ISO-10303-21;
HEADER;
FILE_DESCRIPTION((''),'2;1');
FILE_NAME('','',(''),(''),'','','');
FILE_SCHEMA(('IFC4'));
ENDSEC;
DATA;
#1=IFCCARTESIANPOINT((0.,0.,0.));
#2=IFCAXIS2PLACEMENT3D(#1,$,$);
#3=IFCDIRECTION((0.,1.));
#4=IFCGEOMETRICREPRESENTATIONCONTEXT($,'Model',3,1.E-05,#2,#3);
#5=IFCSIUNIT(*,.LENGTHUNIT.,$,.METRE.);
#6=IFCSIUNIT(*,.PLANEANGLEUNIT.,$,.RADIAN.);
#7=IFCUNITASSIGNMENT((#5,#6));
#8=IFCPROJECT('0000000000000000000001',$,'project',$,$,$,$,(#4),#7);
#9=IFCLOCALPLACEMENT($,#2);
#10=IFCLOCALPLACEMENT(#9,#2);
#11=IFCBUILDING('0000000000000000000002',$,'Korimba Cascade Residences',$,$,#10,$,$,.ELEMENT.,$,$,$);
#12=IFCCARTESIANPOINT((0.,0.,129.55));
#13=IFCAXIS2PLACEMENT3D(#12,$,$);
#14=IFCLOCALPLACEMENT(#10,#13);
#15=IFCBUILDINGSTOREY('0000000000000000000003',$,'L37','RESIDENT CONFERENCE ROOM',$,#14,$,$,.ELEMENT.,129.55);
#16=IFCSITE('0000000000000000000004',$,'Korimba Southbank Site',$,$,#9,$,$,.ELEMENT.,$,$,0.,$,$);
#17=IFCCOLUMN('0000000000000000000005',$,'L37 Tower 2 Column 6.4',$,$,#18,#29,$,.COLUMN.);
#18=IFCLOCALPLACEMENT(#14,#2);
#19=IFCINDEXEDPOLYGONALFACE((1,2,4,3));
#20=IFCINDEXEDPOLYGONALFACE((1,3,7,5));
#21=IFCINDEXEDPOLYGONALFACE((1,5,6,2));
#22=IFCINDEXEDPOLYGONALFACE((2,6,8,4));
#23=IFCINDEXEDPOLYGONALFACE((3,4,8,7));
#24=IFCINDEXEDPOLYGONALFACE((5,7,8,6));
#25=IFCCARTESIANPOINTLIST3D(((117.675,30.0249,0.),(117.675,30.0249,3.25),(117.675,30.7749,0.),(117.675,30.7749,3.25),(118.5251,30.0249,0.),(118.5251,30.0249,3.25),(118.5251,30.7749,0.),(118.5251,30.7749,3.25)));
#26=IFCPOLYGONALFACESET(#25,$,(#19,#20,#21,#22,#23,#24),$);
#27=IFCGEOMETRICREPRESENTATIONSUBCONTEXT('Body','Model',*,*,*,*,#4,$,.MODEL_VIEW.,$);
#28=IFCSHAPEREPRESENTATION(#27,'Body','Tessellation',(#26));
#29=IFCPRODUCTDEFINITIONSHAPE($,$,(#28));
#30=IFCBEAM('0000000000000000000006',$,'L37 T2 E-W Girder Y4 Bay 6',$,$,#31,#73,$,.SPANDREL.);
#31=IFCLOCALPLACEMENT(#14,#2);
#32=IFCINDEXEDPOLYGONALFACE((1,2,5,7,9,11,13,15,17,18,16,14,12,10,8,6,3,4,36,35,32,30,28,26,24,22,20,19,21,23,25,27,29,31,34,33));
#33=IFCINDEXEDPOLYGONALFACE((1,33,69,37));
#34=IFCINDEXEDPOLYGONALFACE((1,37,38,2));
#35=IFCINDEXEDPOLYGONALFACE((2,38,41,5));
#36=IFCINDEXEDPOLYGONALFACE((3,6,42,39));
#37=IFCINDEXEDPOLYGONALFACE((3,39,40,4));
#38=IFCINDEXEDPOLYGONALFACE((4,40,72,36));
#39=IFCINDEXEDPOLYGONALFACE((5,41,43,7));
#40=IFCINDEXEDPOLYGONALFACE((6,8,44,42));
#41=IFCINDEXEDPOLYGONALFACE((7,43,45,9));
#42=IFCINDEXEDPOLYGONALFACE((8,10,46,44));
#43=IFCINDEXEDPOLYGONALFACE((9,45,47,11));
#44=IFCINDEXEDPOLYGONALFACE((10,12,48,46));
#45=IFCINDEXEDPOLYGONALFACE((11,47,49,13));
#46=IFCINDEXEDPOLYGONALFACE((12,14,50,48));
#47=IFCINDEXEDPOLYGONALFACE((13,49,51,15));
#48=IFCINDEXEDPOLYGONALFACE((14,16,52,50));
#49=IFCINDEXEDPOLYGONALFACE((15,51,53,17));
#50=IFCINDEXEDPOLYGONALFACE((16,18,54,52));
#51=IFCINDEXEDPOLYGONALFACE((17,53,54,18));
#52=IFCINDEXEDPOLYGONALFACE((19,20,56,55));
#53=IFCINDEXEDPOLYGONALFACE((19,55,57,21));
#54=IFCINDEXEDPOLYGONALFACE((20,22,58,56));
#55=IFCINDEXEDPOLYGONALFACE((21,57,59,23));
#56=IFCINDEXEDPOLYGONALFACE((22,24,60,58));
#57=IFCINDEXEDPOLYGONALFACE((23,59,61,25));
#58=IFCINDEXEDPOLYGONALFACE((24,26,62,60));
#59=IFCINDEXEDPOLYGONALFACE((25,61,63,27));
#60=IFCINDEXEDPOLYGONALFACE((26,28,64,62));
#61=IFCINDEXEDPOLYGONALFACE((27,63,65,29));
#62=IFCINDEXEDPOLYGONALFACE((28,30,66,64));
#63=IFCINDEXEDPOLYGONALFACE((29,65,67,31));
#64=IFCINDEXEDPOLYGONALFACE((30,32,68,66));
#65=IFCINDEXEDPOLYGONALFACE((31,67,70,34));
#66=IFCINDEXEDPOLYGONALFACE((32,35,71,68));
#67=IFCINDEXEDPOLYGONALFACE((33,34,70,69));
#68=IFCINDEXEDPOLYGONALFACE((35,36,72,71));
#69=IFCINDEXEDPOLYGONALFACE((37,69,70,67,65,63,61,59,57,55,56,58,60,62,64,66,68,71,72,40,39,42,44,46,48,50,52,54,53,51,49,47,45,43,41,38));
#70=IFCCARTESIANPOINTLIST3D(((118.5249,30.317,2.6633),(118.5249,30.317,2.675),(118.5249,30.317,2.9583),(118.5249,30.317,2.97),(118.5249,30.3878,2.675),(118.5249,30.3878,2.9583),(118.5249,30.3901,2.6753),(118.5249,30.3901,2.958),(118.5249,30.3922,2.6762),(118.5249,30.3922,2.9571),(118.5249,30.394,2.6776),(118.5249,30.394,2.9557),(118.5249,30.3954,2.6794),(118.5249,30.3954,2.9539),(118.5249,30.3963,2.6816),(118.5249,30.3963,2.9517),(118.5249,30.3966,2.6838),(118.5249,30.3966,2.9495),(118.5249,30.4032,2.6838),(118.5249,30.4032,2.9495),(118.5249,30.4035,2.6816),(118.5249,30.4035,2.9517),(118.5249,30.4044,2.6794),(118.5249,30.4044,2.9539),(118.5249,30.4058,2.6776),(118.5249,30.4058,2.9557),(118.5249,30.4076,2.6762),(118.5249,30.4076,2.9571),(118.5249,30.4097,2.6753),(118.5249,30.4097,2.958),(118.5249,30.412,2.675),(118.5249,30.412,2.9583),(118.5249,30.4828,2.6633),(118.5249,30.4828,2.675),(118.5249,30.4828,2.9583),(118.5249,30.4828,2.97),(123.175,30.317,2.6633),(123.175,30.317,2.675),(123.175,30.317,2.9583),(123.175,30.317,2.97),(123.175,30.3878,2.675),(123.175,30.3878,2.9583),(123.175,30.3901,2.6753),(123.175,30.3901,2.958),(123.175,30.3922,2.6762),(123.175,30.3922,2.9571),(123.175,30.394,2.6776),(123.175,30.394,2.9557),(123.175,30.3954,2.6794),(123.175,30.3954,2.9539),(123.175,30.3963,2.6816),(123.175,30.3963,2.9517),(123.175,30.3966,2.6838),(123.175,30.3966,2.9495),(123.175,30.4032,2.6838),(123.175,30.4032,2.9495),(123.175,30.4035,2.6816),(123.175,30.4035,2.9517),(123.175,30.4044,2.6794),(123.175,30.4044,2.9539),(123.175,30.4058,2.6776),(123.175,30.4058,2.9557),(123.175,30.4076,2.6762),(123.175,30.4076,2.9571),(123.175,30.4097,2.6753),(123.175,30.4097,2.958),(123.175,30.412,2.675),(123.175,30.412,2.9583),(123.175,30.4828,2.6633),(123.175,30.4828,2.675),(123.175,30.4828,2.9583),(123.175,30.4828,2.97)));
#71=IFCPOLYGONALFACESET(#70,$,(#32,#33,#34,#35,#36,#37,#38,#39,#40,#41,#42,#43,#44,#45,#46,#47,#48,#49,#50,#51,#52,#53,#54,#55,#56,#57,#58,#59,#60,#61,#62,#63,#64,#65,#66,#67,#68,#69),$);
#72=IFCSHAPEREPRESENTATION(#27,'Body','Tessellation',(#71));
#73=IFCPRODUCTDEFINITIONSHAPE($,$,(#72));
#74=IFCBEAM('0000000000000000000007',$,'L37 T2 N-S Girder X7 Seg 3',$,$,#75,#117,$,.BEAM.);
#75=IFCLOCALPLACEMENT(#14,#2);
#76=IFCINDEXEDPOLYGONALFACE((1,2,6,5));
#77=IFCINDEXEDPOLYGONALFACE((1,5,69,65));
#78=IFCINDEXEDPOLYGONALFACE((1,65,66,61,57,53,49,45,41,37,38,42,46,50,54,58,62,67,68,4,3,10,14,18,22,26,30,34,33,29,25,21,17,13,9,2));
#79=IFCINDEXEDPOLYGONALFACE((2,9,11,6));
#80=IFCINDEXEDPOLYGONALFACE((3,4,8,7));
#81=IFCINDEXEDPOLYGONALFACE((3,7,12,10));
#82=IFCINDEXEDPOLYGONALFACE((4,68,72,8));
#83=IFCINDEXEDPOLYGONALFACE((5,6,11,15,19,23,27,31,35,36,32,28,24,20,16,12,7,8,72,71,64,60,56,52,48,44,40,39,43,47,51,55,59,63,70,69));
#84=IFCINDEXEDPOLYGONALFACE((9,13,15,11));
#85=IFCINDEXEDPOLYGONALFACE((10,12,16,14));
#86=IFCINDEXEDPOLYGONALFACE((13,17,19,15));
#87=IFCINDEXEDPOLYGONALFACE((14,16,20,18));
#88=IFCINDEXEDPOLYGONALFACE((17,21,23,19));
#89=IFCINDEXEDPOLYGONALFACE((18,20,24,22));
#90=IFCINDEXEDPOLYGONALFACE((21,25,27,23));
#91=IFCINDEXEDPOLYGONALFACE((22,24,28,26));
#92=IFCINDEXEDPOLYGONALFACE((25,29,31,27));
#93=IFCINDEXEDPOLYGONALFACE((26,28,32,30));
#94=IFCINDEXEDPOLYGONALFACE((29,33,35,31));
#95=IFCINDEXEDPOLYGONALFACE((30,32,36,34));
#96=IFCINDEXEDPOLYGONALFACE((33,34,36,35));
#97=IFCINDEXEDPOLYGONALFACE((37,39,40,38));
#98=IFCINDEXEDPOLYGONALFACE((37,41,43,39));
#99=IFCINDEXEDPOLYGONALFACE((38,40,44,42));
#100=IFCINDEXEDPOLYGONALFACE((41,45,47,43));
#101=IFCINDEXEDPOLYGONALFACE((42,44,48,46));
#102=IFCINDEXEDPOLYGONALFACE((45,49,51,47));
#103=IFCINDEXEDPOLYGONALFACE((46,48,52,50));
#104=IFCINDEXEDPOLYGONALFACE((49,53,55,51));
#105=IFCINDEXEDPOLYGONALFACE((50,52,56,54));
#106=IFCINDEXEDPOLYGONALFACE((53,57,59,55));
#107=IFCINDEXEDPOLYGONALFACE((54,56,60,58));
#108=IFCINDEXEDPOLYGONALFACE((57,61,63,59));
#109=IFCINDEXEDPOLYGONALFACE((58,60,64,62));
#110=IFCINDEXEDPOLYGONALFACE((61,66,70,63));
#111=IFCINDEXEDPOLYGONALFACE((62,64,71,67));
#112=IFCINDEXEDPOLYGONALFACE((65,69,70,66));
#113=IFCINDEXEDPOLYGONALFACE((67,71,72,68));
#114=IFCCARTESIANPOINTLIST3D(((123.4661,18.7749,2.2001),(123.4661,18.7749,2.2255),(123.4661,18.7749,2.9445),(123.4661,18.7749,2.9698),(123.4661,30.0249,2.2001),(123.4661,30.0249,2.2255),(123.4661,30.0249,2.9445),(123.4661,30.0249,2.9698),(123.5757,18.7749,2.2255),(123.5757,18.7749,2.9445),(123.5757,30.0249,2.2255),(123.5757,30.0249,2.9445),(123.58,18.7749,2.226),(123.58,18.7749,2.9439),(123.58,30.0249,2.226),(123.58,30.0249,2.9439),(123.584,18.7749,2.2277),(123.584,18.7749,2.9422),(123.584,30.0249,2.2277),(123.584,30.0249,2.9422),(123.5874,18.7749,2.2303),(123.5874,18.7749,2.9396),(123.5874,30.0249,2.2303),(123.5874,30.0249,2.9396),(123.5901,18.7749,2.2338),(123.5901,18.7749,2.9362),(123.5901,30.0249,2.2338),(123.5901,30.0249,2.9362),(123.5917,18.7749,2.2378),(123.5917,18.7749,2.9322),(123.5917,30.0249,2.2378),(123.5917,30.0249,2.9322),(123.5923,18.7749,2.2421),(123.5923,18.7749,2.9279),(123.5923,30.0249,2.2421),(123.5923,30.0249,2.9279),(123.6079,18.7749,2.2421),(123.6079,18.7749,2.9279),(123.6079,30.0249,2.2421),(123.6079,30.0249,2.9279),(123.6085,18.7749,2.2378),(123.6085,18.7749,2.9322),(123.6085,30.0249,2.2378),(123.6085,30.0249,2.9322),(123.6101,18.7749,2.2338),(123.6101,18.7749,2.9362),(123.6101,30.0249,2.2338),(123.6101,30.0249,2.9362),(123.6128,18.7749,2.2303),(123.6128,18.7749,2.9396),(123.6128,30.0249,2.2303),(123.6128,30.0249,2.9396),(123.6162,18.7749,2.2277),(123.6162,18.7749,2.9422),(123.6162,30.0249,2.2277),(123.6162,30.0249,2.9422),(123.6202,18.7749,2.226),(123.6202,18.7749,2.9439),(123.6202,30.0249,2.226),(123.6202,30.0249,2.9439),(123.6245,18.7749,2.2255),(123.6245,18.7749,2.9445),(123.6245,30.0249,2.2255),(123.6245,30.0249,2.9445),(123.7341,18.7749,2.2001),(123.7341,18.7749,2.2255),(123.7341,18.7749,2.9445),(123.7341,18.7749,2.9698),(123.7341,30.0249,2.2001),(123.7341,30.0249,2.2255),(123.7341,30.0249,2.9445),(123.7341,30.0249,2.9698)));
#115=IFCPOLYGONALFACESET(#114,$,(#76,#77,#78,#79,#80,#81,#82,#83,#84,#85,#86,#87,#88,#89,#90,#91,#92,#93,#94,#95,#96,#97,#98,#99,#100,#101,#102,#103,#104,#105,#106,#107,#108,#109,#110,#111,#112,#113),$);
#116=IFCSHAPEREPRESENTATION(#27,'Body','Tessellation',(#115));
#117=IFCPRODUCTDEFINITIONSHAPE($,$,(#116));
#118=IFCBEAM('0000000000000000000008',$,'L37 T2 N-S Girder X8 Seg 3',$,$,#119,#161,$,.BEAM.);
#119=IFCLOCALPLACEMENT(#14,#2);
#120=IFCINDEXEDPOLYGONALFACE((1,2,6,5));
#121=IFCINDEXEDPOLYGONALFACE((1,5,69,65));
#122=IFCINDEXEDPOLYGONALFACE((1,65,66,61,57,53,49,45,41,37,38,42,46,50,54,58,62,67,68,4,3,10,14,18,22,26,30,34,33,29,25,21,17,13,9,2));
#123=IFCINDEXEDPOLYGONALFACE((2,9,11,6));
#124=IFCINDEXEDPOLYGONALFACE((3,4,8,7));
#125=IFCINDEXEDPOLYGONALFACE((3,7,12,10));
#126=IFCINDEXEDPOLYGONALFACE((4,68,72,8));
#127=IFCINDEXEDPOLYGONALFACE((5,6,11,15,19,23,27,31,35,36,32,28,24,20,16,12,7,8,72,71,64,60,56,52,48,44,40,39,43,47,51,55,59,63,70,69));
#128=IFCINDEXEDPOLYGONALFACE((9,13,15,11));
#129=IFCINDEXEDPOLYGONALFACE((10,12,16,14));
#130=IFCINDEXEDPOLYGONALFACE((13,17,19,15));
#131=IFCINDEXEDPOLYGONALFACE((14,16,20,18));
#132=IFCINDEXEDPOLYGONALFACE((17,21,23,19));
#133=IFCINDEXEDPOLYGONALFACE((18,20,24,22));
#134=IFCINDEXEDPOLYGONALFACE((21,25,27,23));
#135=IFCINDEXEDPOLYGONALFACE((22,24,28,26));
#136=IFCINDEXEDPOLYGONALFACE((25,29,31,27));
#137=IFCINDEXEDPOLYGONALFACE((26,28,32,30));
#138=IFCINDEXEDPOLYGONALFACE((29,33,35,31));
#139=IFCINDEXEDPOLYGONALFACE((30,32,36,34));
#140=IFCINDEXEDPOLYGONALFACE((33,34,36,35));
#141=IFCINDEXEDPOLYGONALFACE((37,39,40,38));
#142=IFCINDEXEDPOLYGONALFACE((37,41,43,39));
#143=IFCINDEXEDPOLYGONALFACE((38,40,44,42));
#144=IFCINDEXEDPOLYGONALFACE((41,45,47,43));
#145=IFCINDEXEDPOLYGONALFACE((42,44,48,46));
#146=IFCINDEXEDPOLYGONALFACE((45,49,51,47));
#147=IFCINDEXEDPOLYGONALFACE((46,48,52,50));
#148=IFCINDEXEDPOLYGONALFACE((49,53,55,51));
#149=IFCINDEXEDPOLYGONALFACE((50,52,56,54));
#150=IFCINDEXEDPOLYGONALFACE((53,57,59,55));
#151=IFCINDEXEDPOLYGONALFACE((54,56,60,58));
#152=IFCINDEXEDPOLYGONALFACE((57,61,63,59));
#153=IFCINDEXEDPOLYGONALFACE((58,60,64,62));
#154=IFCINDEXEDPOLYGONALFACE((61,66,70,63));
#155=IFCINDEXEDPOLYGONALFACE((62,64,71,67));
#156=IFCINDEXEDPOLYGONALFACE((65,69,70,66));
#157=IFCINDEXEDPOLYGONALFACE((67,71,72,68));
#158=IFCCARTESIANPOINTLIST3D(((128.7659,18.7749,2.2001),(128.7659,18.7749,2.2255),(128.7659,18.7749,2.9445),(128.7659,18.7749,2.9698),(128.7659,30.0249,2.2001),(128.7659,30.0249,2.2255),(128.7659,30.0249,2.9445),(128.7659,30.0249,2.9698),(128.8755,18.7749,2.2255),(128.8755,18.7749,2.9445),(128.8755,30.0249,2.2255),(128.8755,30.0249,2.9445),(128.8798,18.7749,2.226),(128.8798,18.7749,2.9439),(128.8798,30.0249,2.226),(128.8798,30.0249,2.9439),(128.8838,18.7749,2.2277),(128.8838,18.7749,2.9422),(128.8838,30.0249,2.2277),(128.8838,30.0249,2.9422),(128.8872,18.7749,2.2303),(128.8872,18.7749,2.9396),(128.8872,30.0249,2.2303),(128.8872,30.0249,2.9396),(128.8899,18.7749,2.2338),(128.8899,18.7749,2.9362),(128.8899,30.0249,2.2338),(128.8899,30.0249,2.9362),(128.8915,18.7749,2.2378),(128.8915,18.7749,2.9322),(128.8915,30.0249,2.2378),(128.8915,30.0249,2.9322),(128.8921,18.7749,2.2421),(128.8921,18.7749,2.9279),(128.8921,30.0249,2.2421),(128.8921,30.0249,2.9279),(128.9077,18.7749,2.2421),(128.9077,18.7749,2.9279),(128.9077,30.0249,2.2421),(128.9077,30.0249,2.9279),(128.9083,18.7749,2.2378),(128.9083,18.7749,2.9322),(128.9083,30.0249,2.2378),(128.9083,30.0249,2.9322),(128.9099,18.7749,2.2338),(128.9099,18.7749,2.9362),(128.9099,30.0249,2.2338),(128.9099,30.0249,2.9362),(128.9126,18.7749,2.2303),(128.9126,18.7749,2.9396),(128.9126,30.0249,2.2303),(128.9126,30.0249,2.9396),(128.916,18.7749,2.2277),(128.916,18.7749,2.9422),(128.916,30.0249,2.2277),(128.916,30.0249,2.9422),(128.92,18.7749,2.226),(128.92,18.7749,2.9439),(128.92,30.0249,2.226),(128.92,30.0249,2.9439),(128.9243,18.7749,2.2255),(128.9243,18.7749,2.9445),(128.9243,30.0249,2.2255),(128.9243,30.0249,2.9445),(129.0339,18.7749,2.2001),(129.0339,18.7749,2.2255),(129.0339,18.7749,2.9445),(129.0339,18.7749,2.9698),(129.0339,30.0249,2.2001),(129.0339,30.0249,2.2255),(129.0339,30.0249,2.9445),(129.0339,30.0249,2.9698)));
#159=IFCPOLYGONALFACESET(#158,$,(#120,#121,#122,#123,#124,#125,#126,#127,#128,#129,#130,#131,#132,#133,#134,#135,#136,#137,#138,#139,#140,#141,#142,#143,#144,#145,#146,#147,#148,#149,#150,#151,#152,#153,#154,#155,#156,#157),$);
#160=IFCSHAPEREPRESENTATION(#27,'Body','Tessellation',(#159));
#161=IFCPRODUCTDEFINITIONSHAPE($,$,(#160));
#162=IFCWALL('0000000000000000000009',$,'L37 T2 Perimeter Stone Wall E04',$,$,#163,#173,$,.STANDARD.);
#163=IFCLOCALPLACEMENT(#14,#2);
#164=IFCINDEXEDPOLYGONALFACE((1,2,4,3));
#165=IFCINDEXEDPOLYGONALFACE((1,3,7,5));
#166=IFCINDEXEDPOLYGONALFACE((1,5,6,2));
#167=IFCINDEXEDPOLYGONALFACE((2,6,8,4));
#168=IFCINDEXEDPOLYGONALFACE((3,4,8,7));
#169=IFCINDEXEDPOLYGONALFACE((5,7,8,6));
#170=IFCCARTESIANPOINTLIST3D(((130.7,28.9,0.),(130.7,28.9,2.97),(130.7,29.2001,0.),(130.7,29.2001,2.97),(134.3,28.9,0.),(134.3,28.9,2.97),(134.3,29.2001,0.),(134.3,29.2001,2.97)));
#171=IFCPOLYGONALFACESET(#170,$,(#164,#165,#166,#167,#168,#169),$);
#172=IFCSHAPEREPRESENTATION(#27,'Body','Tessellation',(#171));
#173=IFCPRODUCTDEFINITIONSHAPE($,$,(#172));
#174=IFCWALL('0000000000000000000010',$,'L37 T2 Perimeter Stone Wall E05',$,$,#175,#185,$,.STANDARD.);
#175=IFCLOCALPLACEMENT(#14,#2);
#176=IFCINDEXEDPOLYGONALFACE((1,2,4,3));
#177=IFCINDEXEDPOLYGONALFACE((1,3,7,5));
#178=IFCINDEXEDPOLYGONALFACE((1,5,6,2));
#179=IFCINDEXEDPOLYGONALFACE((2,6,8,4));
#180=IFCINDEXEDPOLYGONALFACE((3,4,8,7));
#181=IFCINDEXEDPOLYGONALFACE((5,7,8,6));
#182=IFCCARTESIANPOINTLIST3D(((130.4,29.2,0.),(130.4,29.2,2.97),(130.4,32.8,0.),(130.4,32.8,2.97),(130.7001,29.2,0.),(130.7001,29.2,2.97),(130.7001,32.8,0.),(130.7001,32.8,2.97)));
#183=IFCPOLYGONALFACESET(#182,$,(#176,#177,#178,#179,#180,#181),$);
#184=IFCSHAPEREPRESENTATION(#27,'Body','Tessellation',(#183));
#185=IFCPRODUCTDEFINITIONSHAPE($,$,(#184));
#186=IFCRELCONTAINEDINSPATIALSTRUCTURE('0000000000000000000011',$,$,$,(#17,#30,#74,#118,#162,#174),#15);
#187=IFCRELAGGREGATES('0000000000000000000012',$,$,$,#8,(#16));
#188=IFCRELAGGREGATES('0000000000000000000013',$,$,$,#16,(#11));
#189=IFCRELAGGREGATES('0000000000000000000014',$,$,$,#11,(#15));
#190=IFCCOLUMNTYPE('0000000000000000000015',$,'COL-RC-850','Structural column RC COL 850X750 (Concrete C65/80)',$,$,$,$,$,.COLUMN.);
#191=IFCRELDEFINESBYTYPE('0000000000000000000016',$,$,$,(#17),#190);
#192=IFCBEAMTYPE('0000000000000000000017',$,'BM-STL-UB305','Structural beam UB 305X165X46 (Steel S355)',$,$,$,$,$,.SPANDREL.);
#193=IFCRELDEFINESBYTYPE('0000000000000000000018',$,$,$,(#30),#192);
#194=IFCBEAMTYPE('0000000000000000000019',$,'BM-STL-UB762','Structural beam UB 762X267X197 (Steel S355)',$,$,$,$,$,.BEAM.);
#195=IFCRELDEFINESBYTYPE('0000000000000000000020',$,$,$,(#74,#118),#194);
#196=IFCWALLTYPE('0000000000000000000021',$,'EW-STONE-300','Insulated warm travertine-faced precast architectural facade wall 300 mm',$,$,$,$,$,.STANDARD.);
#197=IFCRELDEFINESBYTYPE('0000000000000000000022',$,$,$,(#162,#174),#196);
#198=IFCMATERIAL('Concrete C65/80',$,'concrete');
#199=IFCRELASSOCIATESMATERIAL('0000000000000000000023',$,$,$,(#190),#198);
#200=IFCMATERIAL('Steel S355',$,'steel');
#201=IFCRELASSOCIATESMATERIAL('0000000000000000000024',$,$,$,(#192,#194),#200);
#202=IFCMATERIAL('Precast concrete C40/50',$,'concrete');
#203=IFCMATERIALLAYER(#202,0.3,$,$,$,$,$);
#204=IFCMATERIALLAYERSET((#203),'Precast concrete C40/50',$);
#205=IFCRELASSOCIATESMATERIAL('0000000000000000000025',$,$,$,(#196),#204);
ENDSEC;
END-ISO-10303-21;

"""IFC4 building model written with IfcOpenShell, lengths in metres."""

from ifc_helpers import new_model, si_unit, direction, frame, frame_2d, origin, origin_2d, place, context, subcontext, project, spatial, rectangle, i_section, extrude, material, layer, layer_set, material_profile, profile_set, type_object, element, save


model = new_model("IFC4")

# Units and contexts
model_context = context("Model", 3, precision=1e-05, world=origin(), true_north=direction((0.0, 1.0)))
body_context = subcontext(model_context, "Body", "Model", "MODEL_VIEW")
ifc_project = project(units=[si_unit("LENGTHUNIT", "METRE"), si_unit("PLANEANGLEUNIT", "RADIAN")], contexts=[model_context])

# Site, building, storey
site_placement = place(None, origin())
site = spatial("IfcSite", under=ifc_project, at=site_placement, Name="Korimba Southbank Site", CompositionType="ELEMENT", RefElevation=0.0)
building_placement = place(site_placement, origin())
building = spatial("IfcBuilding", under=site, at=building_placement, Name="Korimba Cascade Residences", CompositionType="ELEMENT")
storey_placement = place(building_placement, frame((0.0, 0.0, 129.55)))
storey = spatial("IfcBuildingStorey", under=building, at=storey_placement, Name="L37", Description="RESIDENT CONFERENCE ROOM", CompositionType="ELEMENT", Elevation=129.55)

# Column
ifc_material_1 = material(Name="Concrete C65/80", Category="concrete")
ifc_material_profile_1 = material_profile(ifc_material_1, rectangle(XDim=0.8501, YDim=0.75, at=origin_2d()), Name="Concrete C65/80")
ifc_profile_set_1 = profile_set([ifc_material_profile_1], Name="Concrete C65/80")
column_type = type_object("IfcColumnType", Name="COL-RC-850", Description="Structural column RC COL 850X750 (Concrete C65/80)", PredefinedType="COLUMN", material=ifc_profile_set_1)
column_placement = place(storey_placement, frame((118.1001, 30.3999, 0.0), z_axis=(0.0, 0.0, 1.0), x_axis=(1.0, 0.0, 0.0)))
element("IfcColumn", 1, at=column_placement, inside=storey, type_object=column_type, Name="L37 Tower 2 Column 6.4", PredefinedType="COLUMN", context=body_context, shape_type="SweptSolid", body=[
    extrude(rectangle(XDim=0.8501, YDim=0.75, at=origin_2d()), origin(), (0.0, 0.0, 1.0), 3.25),
])

# Beams
ifc_material_2 = material(Name="Steel S355", Category="steel")
ifc_material_profile_2 = material_profile(ifc_material_2, i_section(OverallWidth=0.1658, OverallDepth=0.3066, WebThickness=0.0066, FlangeThickness=0.0117, FilletRadius=0.0088, at=origin_2d()), Name="Steel S355")
ifc_profile_set_2 = profile_set([ifc_material_profile_2], Name="Steel S355")
beam_type_1 = type_object("IfcBeamType", Name="BM-STL-UB305", Description="Structural beam UB 305X165X46 (Steel S355)", PredefinedType="SPANDREL", material=ifc_profile_set_2)
beam_placement = place(storey_placement, frame((118.5249, 30.3999, 2.8167), z_axis=(1.0, 0.0, 0.0), x_axis=(0.0, 1.0, 0.0)))
element("IfcBeam", 2, at=beam_placement, inside=storey, type_object=beam_type_1, Name="L37 T2 E-W Girder Y4 Bay 6", PredefinedType="SPANDREL", context=body_context, shape_type="SweptSolid", body=[
    extrude(i_section(OverallWidth=0.1658, OverallDepth=0.3066, WebThickness=0.0066, FlangeThickness=0.0117, FilletRadius=0.0088, at=origin_2d()), origin(), (0.0, 0.0, 1.0), 4.6501),
])
ifc_material_profile_3 = material_profile(ifc_material_2, i_section(OverallWidth=0.2681, OverallDepth=0.7698, WebThickness=0.0156, FlangeThickness=0.0254, FilletRadius=0.0166, at=origin_2d()), Name="Steel S355")
ifc_profile_set_3 = profile_set([ifc_material_profile_3], Name="Steel S355")
beam_type_2 = type_object("IfcBeamType", Name="BM-STL-UB762", Description="Structural beam UB 762X267X197 (Steel S355)", PredefinedType="BEAM", material=ifc_profile_set_3)
for number, where, z_axis, x_axis, name in (
    (3, (123.6001, 18.7749, 2.585), (0.0, 1.0, 0.0), (-1.0, 0.0, 0.0), "L37 T2 N-S Girder X7 Seg 3"),
    (4, (128.8999, 18.7749, 2.585), (0.0, 1.0, 0.0), (-1.0, 0.0, 0.0), "L37 T2 N-S Girder X8 Seg 3"),
):
    element("IfcBeam", number, at=place(storey_placement, frame(where, z_axis=z_axis, x_axis=x_axis)), inside=storey, type_object=beam_type_2, Name=name, PredefinedType="BEAM", context=body_context, shape_type="SweptSolid", body=[
        extrude(i_section(OverallWidth=0.2681, OverallDepth=0.7698, WebThickness=0.0156, FlangeThickness=0.0254, FilletRadius=0.0166, at=origin_2d()), origin(), (0.0, 0.0, 1.0), 11.25),
    ])

# Walls
ifc_material_3 = material(Name="Precast concrete C40/50", Category="concrete")
ifc_layer_1 = layer(ifc_material_3, 0.3)
ifc_layer_set_1 = layer_set([ifc_layer_1], Name="Precast concrete C40/50")
wall_type_1 = type_object("IfcWallType", Name="EW-STONE-300", Description="Insulated warm travertine-faced precast architectural facade wall 300 mm", PredefinedType="STANDARD", material=ifc_layer_set_1)
for number, where, z_axis, x_axis, name in (
    (5, (134.3, 29.05, 0.0), (0.0, 0.0, 1.0), (-1.0, 0.0, 0.0), "L37 T2 Perimeter Stone Wall E04"),
    (6, (130.55, 29.2, 0.0), (0.0, 0.0, 1.0), (0.0, 1.0, 0.0), "L37 T2 Perimeter Stone Wall E05"),
):
    element("IfcWall", number, at=place(storey_placement, frame(where, z_axis=z_axis, x_axis=x_axis)), inside=storey, type_object=wall_type_1, Name=name, PredefinedType="STANDARD", context=body_context, shape_type="SweptSolid", body=[
        extrude(rectangle(XDim=3.6001, YDim=0.3, at=frame_2d((1.8, 0.0))), origin(), (0.0, 0.0, 1.0), 2.97),
    ])

save(model, "model.ifc")
